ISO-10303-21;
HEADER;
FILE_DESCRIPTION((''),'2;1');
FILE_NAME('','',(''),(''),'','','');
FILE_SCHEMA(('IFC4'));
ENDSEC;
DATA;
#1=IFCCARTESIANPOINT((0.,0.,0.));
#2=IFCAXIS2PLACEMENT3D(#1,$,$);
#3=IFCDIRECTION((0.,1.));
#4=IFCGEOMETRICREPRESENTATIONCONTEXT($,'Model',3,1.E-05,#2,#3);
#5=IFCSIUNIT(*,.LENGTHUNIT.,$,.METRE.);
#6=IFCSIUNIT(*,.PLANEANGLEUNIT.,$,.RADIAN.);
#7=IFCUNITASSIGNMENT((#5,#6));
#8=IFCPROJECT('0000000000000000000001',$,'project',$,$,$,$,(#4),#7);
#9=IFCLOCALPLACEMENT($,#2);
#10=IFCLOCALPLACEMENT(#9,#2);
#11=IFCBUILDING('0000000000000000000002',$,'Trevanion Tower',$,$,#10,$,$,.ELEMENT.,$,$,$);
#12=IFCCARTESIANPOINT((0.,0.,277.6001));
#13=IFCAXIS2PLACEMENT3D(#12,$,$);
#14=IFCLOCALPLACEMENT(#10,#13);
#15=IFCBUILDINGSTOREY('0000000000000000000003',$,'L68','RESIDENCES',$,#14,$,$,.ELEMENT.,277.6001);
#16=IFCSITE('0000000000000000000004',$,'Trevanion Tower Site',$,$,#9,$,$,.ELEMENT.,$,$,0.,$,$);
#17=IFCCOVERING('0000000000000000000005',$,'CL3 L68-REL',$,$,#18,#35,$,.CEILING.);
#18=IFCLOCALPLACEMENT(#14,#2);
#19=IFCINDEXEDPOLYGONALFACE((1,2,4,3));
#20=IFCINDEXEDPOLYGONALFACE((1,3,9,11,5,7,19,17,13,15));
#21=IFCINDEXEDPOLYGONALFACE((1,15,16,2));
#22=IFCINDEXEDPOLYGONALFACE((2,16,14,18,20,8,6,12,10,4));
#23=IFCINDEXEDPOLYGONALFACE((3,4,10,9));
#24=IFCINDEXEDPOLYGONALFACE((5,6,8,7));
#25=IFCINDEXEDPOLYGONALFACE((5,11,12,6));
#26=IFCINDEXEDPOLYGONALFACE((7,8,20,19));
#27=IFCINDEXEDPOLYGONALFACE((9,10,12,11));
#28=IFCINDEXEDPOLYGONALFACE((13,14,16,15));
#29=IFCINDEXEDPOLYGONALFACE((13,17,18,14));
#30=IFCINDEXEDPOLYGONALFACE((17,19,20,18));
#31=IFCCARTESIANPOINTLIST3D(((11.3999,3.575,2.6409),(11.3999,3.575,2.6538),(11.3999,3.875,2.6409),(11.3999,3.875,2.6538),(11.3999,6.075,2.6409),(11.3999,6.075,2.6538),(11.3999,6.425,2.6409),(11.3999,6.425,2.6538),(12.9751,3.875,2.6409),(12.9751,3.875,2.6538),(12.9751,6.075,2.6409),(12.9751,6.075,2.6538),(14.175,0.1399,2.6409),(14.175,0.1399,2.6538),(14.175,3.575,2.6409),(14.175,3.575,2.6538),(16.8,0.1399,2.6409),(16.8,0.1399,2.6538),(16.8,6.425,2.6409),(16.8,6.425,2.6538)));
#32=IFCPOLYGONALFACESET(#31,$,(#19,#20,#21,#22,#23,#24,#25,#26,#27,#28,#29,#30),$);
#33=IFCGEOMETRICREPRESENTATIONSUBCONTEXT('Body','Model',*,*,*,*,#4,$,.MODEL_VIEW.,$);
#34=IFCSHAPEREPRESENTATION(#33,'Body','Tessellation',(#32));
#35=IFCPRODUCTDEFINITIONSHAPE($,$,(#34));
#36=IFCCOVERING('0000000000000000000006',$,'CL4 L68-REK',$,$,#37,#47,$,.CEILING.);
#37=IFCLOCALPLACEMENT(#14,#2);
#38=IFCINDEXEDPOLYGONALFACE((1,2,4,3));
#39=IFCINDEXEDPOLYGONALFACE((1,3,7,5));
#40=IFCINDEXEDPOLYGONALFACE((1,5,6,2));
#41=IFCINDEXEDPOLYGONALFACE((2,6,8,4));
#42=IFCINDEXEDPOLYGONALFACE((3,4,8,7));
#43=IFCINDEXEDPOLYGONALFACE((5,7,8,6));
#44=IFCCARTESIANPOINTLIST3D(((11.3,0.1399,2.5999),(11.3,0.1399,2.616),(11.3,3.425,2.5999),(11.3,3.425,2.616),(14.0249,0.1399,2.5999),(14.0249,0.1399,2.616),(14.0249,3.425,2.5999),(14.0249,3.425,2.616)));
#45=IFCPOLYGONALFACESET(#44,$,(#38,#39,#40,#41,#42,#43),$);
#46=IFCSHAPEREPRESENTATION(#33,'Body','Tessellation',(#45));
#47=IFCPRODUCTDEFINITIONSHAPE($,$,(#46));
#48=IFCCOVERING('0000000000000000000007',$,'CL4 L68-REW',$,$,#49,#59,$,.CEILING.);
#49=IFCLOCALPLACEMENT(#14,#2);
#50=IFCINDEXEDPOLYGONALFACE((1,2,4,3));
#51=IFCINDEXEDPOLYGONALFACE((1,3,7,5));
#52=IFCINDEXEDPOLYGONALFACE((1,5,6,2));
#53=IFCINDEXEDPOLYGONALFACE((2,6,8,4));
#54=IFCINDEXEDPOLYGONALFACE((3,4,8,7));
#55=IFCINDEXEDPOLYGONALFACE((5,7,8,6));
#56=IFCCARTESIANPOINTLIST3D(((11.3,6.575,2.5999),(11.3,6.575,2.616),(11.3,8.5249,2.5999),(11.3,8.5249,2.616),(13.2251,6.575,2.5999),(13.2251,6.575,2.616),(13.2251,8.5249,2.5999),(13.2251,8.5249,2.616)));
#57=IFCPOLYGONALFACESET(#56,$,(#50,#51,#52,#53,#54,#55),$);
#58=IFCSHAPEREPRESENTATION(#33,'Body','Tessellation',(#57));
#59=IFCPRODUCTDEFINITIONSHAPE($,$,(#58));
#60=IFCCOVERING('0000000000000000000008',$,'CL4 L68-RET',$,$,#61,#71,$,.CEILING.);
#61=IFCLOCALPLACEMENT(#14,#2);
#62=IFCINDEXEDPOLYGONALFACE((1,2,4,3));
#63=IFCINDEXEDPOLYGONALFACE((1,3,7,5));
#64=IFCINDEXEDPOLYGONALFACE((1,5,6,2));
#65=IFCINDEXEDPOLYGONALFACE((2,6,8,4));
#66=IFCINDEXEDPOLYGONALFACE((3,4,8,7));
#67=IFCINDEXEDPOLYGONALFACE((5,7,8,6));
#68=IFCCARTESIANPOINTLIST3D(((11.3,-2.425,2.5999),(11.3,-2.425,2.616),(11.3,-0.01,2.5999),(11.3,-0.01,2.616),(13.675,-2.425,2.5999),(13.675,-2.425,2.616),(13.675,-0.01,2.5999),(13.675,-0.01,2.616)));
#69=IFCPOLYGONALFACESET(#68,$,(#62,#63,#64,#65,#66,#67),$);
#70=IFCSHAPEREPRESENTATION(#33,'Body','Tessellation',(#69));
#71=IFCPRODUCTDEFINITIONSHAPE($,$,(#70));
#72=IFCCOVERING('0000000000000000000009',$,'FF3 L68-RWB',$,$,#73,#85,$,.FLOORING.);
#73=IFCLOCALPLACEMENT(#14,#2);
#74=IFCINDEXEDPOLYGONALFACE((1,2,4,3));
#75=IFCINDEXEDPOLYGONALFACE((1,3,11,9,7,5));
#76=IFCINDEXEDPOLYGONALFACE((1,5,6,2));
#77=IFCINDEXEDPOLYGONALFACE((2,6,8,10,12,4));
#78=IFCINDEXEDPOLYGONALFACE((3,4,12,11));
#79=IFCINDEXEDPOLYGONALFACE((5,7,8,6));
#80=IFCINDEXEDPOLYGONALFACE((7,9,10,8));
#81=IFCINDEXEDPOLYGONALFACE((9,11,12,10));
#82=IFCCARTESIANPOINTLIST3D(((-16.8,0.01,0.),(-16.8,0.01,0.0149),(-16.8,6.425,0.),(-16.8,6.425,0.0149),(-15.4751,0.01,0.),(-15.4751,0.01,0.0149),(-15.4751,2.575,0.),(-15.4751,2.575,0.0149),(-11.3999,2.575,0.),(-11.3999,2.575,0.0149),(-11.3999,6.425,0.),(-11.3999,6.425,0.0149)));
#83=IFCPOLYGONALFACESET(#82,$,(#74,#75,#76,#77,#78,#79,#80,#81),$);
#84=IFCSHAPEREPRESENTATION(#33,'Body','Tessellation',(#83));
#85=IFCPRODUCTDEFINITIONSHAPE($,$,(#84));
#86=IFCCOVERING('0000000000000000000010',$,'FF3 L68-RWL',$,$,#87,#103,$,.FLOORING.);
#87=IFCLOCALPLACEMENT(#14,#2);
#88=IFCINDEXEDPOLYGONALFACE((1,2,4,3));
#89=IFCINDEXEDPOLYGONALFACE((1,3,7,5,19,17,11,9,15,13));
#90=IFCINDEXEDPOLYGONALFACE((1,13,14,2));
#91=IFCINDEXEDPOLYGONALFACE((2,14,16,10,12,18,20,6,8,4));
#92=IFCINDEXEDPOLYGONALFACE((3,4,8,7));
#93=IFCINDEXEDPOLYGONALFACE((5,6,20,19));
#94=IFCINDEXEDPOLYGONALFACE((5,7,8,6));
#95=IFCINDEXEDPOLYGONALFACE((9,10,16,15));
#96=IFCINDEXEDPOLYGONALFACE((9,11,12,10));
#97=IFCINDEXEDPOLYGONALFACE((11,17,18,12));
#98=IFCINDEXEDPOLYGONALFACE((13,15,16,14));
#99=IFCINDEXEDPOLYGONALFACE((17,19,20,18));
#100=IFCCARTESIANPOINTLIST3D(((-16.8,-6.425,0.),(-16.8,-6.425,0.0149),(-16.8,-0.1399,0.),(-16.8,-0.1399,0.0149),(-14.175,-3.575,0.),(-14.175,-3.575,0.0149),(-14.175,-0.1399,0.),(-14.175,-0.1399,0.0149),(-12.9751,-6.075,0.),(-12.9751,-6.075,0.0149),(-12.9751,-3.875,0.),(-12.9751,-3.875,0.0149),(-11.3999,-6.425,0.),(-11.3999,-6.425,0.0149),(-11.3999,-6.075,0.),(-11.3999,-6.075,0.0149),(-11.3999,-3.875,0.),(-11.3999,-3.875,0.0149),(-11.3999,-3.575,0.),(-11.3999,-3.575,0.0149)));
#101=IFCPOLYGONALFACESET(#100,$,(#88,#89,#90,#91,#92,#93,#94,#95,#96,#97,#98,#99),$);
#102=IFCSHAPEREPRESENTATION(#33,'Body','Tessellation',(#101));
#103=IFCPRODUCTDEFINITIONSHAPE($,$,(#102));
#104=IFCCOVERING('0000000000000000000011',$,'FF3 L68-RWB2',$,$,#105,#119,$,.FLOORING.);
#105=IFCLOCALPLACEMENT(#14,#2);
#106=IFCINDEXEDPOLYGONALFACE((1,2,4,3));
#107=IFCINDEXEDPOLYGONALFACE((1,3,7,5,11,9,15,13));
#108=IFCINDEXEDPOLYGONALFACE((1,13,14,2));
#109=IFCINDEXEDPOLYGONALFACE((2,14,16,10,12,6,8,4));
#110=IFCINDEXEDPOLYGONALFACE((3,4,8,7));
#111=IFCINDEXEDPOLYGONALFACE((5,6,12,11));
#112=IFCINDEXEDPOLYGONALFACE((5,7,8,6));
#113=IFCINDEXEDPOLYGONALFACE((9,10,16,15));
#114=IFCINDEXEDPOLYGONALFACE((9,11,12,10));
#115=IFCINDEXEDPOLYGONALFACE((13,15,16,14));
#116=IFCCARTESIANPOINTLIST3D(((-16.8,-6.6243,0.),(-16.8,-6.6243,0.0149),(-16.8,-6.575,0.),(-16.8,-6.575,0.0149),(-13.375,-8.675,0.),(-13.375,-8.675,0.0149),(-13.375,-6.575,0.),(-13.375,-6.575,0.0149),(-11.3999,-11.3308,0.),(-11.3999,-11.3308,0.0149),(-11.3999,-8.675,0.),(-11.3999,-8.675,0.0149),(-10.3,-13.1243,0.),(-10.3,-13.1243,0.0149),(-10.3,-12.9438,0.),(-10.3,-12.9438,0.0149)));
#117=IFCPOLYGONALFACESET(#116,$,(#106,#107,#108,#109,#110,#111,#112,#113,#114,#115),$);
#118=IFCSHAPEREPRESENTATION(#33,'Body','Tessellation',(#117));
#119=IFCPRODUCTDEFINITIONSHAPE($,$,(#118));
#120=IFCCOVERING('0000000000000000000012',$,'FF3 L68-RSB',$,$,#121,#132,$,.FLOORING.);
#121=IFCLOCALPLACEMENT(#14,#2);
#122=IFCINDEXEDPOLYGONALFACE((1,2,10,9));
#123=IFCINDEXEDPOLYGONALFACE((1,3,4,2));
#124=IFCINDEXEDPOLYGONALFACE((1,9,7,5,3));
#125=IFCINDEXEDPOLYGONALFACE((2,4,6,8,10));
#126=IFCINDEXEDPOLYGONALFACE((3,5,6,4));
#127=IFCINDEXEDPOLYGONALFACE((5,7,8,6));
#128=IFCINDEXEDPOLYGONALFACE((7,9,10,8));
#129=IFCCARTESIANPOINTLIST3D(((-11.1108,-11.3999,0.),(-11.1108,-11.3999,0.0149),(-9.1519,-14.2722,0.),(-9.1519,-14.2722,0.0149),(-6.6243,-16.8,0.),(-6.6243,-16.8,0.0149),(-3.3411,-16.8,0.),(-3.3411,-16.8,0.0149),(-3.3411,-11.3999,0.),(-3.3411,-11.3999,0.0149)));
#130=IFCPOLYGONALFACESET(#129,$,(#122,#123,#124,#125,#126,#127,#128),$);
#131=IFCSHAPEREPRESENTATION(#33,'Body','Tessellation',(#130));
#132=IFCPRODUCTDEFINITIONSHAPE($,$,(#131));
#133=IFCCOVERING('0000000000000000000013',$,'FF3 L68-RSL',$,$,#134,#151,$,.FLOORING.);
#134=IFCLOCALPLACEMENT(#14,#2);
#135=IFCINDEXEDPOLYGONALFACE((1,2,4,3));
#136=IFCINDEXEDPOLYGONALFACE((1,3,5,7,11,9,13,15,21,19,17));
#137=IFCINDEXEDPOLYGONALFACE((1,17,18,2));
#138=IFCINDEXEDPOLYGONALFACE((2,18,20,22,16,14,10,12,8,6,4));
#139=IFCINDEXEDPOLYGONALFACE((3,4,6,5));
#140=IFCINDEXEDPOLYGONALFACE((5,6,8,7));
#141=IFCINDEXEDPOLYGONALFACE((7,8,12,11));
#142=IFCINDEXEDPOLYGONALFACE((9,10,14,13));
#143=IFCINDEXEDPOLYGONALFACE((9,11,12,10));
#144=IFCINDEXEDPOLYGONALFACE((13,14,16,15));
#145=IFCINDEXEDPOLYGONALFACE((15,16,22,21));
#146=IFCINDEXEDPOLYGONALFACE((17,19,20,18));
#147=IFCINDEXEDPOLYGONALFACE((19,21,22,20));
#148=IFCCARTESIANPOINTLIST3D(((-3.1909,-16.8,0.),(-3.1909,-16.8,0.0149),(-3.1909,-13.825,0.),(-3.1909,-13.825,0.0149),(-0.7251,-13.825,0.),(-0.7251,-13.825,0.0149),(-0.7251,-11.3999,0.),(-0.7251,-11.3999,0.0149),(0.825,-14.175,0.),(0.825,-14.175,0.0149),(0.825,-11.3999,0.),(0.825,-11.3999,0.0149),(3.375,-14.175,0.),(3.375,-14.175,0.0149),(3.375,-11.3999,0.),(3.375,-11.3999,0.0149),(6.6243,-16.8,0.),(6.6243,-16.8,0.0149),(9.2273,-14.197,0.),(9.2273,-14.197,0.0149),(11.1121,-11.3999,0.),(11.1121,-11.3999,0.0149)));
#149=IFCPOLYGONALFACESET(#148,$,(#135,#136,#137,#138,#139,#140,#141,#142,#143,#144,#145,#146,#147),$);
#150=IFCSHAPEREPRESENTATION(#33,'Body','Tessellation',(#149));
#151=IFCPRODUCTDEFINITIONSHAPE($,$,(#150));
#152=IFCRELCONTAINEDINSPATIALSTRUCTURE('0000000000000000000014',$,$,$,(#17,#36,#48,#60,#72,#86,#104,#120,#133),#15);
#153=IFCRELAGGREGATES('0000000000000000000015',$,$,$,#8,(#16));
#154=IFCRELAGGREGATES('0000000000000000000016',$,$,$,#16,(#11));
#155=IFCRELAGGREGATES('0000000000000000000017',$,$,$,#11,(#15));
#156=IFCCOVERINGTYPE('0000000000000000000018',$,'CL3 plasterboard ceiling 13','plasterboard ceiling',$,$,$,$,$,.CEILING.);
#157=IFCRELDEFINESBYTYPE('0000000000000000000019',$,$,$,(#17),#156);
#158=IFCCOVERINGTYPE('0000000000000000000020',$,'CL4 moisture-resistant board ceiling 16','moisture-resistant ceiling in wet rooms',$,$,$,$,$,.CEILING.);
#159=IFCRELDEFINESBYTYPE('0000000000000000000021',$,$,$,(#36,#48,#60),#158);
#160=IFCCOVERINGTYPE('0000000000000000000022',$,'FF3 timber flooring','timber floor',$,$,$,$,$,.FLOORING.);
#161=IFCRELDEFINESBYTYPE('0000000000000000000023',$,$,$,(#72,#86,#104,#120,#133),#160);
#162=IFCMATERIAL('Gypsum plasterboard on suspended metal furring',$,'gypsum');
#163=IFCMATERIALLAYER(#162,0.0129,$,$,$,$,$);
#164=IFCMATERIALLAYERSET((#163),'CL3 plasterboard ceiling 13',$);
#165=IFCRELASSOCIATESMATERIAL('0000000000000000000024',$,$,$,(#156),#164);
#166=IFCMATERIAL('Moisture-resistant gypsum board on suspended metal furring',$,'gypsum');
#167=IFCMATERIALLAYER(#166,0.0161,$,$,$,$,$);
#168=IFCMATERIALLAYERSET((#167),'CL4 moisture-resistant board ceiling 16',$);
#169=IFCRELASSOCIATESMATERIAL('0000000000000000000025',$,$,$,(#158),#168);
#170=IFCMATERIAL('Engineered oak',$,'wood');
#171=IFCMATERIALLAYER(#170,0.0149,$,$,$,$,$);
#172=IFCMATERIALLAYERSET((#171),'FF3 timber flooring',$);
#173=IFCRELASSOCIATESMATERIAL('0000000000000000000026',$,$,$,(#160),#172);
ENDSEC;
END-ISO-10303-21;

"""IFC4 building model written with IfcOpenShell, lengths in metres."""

from ifc_helpers import new_model, si_unit, direction, frame, origin, place, context, subcontext, project, spatial, polyline, outline, extrude, material, layer, layer_set, type_object, element, save


model = new_model("IFC4")

# Units and contexts
model_context = context("Model", 3, precision=1e-05, world=origin(), true_north=direction((0.0, 1.0)))
body_context = subcontext(model_context, "Body", "Model", "MODEL_VIEW")
ifc_project = project(units=[si_unit("LENGTHUNIT", "METRE"), si_unit("PLANEANGLEUNIT", "RADIAN")], contexts=[model_context])

# Site, building, storey
site_placement = place(None, origin())
site = spatial("IfcSite", under=ifc_project, at=site_placement, Name="Trevanion Tower Site", CompositionType="ELEMENT", RefElevation=0.0)
building_placement = place(site_placement, origin())
building = spatial("IfcBuilding", under=site, at=building_placement, Name="Trevanion Tower", CompositionType="ELEMENT")
storey_placement = place(building_placement, frame((0.0, 0.0, 277.6001)))
storey = spatial("IfcBuildingStorey", under=building, at=storey_placement, Name="L68", Description="RESIDENCES", CompositionType="ELEMENT", Elevation=277.6001)

# Coverings
ifc_material_1 = material(Name="Gypsum plasterboard on suspended metal furring", Category="gypsum")
ifc_layer_1 = layer(ifc_material_1, 0.0129)
ifc_layer_set_1 = layer_set([ifc_layer_1], Name="CL3 plasterboard ceiling 13")
covering_type_1 = type_object("IfcCoveringType", Name="CL3 plasterboard ceiling 13", Description="plasterboard ceiling", PredefinedType="CEILING", material=ifc_layer_set_1)
covering_1_placement = place(storey_placement, frame((0.0, 0.0, 2.6409)))
element("IfcCovering", 1, at=covering_1_placement, inside=storey, type_object=covering_type_1, Name="CL3 L68-REL", PredefinedType="CEILING", context=body_context, shape_type="SweptSolid", body=[
    extrude(outline(polyline([(14.175, 0.1399), (14.175, 3.575), (11.3999, 3.575), (11.3999, 3.875), (12.9751, 3.875), (12.9751, 6.075), (11.3999, 6.075), (11.3999, 6.425), (16.8, 6.425), (16.8, 0.1399), (14.175, 0.1399)])), origin(), (0.0, 0.0, 1.0), 0.0129),
])
ifc_material_2 = material(Name="Moisture-resistant gypsum board on suspended metal furring", Category="gypsum")
ifc_layer_2 = layer(ifc_material_2, 0.0161)
ifc_layer_set_2 = layer_set([ifc_layer_2], Name="CL4 moisture-resistant board ceiling 16")
covering_type_2 = type_object("IfcCoveringType", Name="CL4 moisture-resistant board ceiling 16", Description="moisture-resistant ceiling in wet rooms", PredefinedType="CEILING", material=ifc_layer_set_2)
covering_2_placement = place(storey_placement, frame((0.0, 0.0, 2.5999)))
element("IfcCovering", 2, at=covering_2_placement, inside=storey, type_object=covering_type_2, Name="CL4 L68-REK", PredefinedType="CEILING", context=body_context, shape_type="SweptSolid", body=[
    extrude(outline(polyline([(14.0249, 0.1399), (14.0249, 3.425), (11.3, 3.425), (11.3, 0.1399), (14.0249, 0.1399)])), origin(), (0.0, 0.0, 1.0), 0.0161),
])
covering_3_placement = place(storey_placement, frame((0.0, 0.0, 2.5999)))
element("IfcCovering", 3, at=covering_3_placement, inside=storey, type_object=covering_type_2, Name="CL4 L68-REW", PredefinedType="CEILING", context=body_context, shape_type="SweptSolid", body=[
    extrude(outline(polyline([(13.2251, 6.575), (13.2251, 8.5249), (11.3, 8.5249), (11.3, 6.575), (13.2251, 6.575)])), origin(), (0.0, 0.0, 1.0), 0.0161),
])
covering_4_placement = place(storey_placement, frame((0.0, 0.0, 2.5999)))
element("IfcCovering", 4, at=covering_4_placement, inside=storey, type_object=covering_type_2, Name="CL4 L68-RET", PredefinedType="CEILING", context=body_context, shape_type="SweptSolid", body=[
    extrude(outline(polyline([(13.675, -2.425), (13.675, -0.01), (11.3, -0.01), (11.3, -2.425), (13.675, -2.425)])), origin(), (0.0, 0.0, 1.0), 0.0161),
])
ifc_material_3 = material(Name="Engineered oak", Category="wood")
ifc_layer_3 = layer(ifc_material_3, 0.0149)
ifc_layer_set_3 = layer_set([ifc_layer_3], Name="FF3 timber flooring")
covering_type_3 = type_object("IfcCoveringType", Name="FF3 timber flooring", Description="timber floor", PredefinedType="FLOORING", material=ifc_layer_set_3)
covering_5_placement = place(storey_placement, origin())
element("IfcCovering", 5, at=covering_5_placement, inside=storey, type_object=covering_type_3, Name="FF3 L68-RWB", PredefinedType="FLOORING", context=body_context, shape_type="SweptSolid", body=[
    extrude(outline(polyline([(-11.3999, 6.425), (-11.3999, 2.575), (-15.4751, 2.575), (-15.4751, 0.01), (-16.8, 0.01), (-16.8, 6.425), (-11.3999, 6.425)])), origin(), (0.0, 0.0, 1.0), 0.0149),
])
covering_6_placement = place(storey_placement, origin())
element("IfcCovering", 6, at=covering_6_placement, inside=storey, type_object=covering_type_3, Name="FF3 L68-RWL", PredefinedType="FLOORING", context=body_context, shape_type="SweptSolid", body=[
    extrude(outline(polyline([(-14.175, -0.1399), (-14.175, -3.575), (-11.3999, -3.575), (-11.3999, -3.875), (-12.9751, -3.875), (-12.9751, -6.075), (-11.3999, -6.075), (-11.3999, -6.425), (-16.8, -6.425), (-16.8, -0.1399), (-14.175, -0.1399)])), origin(), (0.0, 0.0, 1.0), 0.0149),
])
covering_7_placement = place(storey_placement, origin())
element("IfcCovering", 7, at=covering_7_placement, inside=storey, type_object=covering_type_3, Name="FF3 L68-RWB2", PredefinedType="FLOORING", context=body_context, shape_type="SweptSolid", body=[
    extrude(outline(polyline([(-13.375, -6.575), (-13.375, -8.675), (-11.3999, -8.675), (-11.3999, -11.3308), (-10.3, -12.9438), (-10.3, -13.1243), (-16.8, -6.6243), (-16.8, -6.575), (-13.375, -6.575)])), origin(), (0.0, 0.0, 1.0), 0.0149),
])
covering_8_placement = place(storey_placement, origin())
element("IfcCovering", 8, at=covering_8_placement, inside=storey, type_object=covering_type_3, Name="FF3 L68-RSB", PredefinedType="FLOORING", context=body_context, shape_type="SweptSolid", body=[
    extrude(outline(polyline([(-11.1108, -11.3999), (-3.3411, -11.3999), (-3.3411, -16.8), (-6.6243, -16.8), (-9.1519, -14.2722), (-11.1108, -11.3999)])), origin(), (0.0, 0.0, 1.0), 0.0149),
])
covering_9_placement = place(storey_placement, origin())
element("IfcCovering", 9, at=covering_9_placement, inside=storey, type_object=covering_type_3, Name="FF3 L68-RSL", PredefinedType="FLOORING", context=body_context, shape_type="SweptSolid", body=[
    extrude(outline(polyline([(9.2273, -14.197), (6.6243, -16.8), (-3.1909, -16.8), (-3.1909, -13.825), (-0.7251, -13.825), (-0.7251, -11.3999), (0.825, -11.3999), (0.825, -14.175), (3.375, -14.175), (3.375, -11.3999), (11.1121, -11.3999), (9.2273, -14.197)])), origin(), (0.0, 0.0, 1.0), 0.0149),
])

save(model, "model.ifc")
